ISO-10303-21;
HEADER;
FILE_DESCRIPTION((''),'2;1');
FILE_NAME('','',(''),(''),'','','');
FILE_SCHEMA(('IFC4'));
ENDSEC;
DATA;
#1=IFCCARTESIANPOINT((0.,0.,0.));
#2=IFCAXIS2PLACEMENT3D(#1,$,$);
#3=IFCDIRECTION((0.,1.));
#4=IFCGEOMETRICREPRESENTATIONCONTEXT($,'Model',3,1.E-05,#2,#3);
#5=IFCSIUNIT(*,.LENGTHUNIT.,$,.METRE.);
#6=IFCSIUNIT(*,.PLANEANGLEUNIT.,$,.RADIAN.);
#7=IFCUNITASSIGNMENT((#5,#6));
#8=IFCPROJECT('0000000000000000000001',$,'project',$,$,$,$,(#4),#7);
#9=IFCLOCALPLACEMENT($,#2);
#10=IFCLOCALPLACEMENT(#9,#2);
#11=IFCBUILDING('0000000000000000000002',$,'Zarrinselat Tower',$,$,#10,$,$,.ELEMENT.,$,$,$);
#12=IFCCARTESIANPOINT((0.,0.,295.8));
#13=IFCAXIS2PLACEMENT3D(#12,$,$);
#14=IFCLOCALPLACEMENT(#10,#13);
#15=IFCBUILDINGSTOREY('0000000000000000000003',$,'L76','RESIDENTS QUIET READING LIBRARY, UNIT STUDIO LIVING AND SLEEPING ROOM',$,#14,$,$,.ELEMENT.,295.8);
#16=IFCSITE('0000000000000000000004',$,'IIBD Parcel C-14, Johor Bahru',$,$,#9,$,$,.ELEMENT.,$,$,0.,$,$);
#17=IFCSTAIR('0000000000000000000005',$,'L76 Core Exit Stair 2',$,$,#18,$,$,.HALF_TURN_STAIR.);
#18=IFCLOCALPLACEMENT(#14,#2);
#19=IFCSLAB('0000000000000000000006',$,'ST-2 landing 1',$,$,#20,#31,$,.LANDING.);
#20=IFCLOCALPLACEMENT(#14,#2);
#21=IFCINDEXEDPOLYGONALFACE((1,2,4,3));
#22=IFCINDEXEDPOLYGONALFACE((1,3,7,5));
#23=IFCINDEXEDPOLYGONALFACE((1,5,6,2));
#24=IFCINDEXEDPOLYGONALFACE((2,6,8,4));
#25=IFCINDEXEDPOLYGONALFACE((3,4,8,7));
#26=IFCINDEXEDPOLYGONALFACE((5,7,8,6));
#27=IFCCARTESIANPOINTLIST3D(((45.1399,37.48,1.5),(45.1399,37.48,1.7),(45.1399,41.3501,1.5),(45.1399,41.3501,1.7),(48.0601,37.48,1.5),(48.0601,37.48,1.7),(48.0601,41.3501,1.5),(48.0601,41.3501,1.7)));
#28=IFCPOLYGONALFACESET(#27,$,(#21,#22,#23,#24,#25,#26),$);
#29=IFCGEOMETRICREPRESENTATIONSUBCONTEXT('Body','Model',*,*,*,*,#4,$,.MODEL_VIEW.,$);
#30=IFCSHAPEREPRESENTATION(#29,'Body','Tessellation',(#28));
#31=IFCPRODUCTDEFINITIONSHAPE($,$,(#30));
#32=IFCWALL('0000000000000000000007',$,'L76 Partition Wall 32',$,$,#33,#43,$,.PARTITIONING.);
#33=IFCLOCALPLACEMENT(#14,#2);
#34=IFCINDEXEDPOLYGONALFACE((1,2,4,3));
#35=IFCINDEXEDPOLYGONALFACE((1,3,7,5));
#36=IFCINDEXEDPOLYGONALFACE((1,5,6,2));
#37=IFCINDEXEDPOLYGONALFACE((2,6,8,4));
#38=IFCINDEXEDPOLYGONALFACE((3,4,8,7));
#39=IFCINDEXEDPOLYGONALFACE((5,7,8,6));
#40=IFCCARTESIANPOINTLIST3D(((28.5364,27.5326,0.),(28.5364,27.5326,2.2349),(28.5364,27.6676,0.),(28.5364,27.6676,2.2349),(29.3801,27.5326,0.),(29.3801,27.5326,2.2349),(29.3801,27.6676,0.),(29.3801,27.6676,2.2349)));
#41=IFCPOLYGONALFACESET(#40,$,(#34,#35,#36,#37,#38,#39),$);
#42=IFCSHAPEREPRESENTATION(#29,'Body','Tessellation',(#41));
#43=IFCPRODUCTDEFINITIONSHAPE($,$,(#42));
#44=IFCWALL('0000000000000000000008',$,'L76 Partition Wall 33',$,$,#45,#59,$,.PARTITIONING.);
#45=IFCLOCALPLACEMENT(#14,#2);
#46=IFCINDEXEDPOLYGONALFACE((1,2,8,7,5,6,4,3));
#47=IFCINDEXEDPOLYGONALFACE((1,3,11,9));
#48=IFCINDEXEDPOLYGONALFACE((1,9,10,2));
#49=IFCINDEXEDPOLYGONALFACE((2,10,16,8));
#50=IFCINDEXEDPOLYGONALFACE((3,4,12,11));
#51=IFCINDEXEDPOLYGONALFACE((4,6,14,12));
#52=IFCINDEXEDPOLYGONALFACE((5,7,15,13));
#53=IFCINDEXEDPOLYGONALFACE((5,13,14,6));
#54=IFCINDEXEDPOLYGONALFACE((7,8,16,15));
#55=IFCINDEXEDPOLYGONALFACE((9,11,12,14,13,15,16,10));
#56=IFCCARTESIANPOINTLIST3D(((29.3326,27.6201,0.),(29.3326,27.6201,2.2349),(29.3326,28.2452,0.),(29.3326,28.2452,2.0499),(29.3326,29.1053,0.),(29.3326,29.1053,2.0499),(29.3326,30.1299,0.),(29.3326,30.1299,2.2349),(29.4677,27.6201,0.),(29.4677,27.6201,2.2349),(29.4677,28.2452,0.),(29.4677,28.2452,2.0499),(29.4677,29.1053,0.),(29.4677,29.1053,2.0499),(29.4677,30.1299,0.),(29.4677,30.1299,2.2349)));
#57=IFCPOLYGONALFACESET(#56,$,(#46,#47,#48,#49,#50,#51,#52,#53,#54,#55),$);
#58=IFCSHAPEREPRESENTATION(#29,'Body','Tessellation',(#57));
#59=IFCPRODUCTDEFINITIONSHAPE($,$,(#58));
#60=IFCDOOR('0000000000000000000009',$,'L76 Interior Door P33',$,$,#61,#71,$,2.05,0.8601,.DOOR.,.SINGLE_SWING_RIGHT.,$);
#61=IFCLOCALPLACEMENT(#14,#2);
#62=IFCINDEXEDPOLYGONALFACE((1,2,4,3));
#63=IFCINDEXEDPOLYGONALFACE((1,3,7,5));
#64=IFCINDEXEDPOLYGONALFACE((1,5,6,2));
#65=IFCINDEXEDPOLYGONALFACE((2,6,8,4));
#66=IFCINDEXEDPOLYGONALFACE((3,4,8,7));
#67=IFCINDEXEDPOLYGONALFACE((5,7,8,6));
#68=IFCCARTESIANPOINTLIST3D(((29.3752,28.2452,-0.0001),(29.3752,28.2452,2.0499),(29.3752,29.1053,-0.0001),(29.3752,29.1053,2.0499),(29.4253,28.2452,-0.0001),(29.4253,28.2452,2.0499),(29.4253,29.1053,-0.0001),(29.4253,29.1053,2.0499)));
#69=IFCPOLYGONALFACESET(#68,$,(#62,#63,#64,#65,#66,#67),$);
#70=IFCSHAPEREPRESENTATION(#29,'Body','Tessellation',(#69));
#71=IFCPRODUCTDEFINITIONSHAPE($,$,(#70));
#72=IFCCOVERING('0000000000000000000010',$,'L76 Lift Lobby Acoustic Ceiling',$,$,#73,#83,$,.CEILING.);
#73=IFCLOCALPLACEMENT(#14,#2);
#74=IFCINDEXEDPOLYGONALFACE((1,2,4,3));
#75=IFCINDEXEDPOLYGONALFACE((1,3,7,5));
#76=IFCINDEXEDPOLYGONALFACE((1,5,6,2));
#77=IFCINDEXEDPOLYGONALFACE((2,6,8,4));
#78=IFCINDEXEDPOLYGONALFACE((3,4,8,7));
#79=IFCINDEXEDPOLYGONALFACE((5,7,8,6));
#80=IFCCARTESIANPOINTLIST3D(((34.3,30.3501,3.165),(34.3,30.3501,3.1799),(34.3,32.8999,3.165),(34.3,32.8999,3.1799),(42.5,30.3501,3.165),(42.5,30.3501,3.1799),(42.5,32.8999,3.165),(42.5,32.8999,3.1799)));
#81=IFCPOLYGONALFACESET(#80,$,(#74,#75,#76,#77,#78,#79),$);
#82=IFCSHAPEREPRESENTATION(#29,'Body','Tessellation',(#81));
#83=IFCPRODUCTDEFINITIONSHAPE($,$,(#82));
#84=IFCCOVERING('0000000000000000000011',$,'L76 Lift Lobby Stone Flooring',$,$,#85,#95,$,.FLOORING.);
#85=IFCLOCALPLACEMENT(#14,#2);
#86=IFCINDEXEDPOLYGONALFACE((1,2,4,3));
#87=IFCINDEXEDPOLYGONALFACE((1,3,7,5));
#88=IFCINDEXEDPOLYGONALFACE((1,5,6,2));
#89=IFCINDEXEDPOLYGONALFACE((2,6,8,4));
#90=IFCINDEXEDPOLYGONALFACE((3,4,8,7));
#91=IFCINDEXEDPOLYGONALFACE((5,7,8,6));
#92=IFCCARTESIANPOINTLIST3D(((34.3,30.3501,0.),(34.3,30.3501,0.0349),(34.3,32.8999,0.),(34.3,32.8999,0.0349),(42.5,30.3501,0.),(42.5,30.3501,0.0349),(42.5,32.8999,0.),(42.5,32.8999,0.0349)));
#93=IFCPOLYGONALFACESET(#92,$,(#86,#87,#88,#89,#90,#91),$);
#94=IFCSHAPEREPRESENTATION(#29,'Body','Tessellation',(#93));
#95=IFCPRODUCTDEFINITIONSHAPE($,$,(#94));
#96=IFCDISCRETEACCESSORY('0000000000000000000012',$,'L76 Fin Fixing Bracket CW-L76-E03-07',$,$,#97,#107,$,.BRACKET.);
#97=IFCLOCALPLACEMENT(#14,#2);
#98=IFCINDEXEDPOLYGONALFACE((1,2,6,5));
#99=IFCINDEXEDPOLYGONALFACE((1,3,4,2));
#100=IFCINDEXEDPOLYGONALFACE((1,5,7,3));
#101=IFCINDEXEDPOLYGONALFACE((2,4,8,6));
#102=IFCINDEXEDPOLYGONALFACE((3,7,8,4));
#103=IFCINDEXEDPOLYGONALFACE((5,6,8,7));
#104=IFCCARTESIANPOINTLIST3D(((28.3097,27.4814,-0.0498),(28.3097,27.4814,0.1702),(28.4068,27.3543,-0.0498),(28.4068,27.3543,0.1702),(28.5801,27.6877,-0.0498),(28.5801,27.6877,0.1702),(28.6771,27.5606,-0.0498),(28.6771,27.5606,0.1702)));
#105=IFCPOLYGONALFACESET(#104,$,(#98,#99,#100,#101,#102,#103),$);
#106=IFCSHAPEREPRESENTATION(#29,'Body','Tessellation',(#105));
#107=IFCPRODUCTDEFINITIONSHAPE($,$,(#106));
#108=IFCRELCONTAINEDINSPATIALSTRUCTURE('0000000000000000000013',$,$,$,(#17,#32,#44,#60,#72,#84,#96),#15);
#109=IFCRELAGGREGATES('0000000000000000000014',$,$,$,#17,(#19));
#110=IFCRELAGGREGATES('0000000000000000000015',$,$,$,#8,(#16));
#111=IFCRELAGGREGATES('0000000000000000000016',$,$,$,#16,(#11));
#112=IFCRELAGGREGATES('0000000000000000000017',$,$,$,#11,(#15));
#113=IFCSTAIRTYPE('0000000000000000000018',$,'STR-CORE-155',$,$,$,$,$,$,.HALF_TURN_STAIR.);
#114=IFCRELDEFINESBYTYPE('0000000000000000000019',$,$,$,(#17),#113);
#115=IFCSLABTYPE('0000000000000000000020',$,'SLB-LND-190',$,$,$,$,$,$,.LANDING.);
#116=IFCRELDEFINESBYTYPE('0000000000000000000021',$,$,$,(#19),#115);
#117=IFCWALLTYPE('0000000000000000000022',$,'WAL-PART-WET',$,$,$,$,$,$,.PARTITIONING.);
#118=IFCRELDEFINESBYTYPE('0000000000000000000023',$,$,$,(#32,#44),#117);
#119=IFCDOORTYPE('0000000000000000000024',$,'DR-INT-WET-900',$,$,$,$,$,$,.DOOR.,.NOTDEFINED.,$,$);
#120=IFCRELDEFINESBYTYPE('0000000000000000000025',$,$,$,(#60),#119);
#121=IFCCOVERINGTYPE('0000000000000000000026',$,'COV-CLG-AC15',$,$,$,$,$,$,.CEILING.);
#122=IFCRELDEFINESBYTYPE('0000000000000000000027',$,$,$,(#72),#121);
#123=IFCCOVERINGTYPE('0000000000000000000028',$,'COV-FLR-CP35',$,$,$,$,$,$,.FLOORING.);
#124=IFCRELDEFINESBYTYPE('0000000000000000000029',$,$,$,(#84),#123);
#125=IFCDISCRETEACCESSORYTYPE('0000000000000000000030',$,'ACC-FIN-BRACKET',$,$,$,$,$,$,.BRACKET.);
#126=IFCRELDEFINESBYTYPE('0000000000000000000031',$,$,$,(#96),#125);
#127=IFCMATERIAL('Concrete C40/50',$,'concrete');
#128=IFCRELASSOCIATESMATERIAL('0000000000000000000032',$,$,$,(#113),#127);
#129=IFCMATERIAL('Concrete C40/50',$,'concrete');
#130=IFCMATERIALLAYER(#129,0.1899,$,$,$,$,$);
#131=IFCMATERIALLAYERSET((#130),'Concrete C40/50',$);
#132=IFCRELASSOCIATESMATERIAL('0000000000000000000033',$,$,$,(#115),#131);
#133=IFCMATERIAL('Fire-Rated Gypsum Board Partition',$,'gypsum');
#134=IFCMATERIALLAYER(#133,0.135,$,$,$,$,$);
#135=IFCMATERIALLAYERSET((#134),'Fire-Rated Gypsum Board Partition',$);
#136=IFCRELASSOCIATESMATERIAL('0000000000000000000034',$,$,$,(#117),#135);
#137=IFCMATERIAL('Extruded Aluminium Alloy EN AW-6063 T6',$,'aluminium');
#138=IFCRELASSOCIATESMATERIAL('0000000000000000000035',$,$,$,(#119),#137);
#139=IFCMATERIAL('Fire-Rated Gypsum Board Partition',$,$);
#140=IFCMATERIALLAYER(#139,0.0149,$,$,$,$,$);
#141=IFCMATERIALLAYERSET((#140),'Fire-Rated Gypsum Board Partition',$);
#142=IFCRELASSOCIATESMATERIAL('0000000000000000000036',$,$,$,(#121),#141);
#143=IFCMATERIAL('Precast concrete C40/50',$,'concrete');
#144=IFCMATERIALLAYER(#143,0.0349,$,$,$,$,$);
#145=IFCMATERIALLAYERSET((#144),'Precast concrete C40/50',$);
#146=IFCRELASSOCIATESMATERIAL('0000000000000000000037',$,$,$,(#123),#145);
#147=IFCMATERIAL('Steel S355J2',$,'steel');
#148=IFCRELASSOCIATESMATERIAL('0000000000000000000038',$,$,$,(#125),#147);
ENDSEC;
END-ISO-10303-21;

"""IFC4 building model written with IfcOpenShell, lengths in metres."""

from ifc_helpers import new_model, si_unit, direction, frame, frame_2d, origin, origin_2d, place, context, subcontext, project, spatial, polyline, rectangle, outline, extrude, material, layer, layer_set, type_object, element, fill, aggregate, save


model = new_model("IFC4")

# Units and contexts
model_context = context("Model", 3, precision=1e-05, world=origin(), true_north=direction((0.0, 1.0)))
body_context = subcontext(model_context, "Body", "Model", "MODEL_VIEW")
ifc_project = project(units=[si_unit("LENGTHUNIT", "METRE"), si_unit("PLANEANGLEUNIT", "RADIAN")], contexts=[model_context])

# Site, building, storey
site_placement = place(None, origin())
site = spatial("IfcSite", under=ifc_project, at=site_placement, Name="IIBD Parcel C-14, Johor Bahru", CompositionType="ELEMENT", RefElevation=0.0)
building_placement = place(site_placement, origin())
building = spatial("IfcBuilding", under=site, at=building_placement, Name="Zarrinselat Tower", CompositionType="ELEMENT")
storey_placement = place(building_placement, frame((0.0, 0.0, 295.8)))
storey = spatial("IfcBuildingStorey", under=building, at=storey_placement, Name="L76", Description="RESIDENTS QUIET READING LIBRARY, UNIT STUDIO LIVING AND SLEEPING ROOM", CompositionType="ELEMENT", Elevation=295.8)

# Stair, slab
ifc_material_1 = material(Name="Concrete C40/50", Category="concrete")
stair_type = type_object("IfcStairType", Name="STR-CORE-155", PredefinedType="HALF_TURN_STAIR", material=ifc_material_1)
ifc_material_2 = material(Name="Concrete C40/50", Category="concrete")
ifc_layer_1 = layer(ifc_material_2, 0.1899)
ifc_layer_set_1 = layer_set([ifc_layer_1], Name="Concrete C40/50")
slab_type_1 = type_object("IfcSlabType", Name="SLB-LND-190", PredefinedType="LANDING", material=ifc_layer_set_1)
stair_1_placement = place(storey_placement, origin())
stair_1 = element("IfcStair", 1, at=stair_1_placement, inside=storey, type_object=stair_type, Name="L76 Core Exit Stair 2", PredefinedType="HALF_TURN_STAIR")
slab_1_placement = place(storey_placement, frame((0.0, 0.0, 1.5)))
slab_1 = element("IfcSlab", 2, at=slab_1_placement, type_object=slab_type_1, Name="ST-2 landing 1", PredefinedType="LANDING", context=body_context, shape_type="SweptSolid", body=[
    extrude(outline(polyline([(48.0601, 37.48), (48.0601, 41.3501), (45.1399, 41.3501), (45.1399, 37.48), (48.0601, 37.48)])), origin(), (0.0, 0.0, 1.0), 0.2),
])
aggregate(stair_1, [slab_1])

# Wall
ifc_material_3 = material(Name="Fire-Rated Gypsum Board Partition", Category="gypsum")
ifc_layer_2 = layer(ifc_material_3, 0.135)
ifc_layer_set_2 = layer_set([ifc_layer_2], Name="Fire-Rated Gypsum Board Partition")
wall_type = type_object("IfcWallType", Name="WAL-PART-WET", PredefinedType="PARTITIONING", material=ifc_layer_set_2)
wall_1_placement = place(storey_placement, frame((28.5364, 27.6001, 0.0), z_axis=(0.0, 0.0, 1.0), x_axis=(1.0, 0.0, 0.0)))
element("IfcWall", 3, at=wall_1_placement, inside=storey, type_object=wall_type, Name="L76 Partition Wall 32", PredefinedType="PARTITIONING", context=body_context, shape_type="SweptSolid", body=[
    extrude(rectangle(XDim=0.8438, YDim=0.135, at=frame_2d((0.4219, 0.0))), origin(), (0.0, 0.0, 1.0), 2.2349),
])

# Wall, opening, door
wall_2_placement = place(storey_placement, frame((29.4001, 27.6201, 0.0), z_axis=(0.0, 0.0, 1.0), x_axis=(0.0, 1.0, 0.0)))
wall_2 = element("IfcWall", 4, at=wall_2_placement, inside=storey, type_object=wall_type, Name="L76 Partition Wall 33", PredefinedType="PARTITIONING", context=body_context, shape_type="SweptSolid", body=[
    extrude(rectangle(XDim=2.5098, YDim=0.135, at=frame_2d((1.2549, 0.0))), origin(), (0.0, 0.0, 1.0), 2.2349),
])
opening_placement = place(wall_2_placement, frame((0.625, 0.0, 0.0)))
opening = element("IfcOpeningElement", 5, at=opening_placement, cuts=wall_2, PredefinedType="OPENING", context=body_context, shape_type="SweptSolid", body=[
    extrude(rectangle(XDim=0.8601, YDim=2.05, at=frame_2d((0.4302, 1.0249))), frame((0.0, 0.0774, 0.0), z_axis=(0.0, -1.0, 0.0), x_axis=(1.0, 0.0, 0.0)), (0.0, 0.0, 1.0), 0.155),
])
ifc_material_4 = material(Name="Extruded Aluminium Alloy EN AW-6063 T6", Category="aluminium")
door_type = type_object("IfcDoorType", Name="DR-INT-WET-900", OperationType="NOTDEFINED", PredefinedType="DOOR", material=ifc_material_4)
door_placement = place(opening_placement, origin())
door = element("IfcDoor", 6, at=door_placement, inside=storey, type_object=door_type, Name="L76 Interior Door P33", OperationType="SINGLE_SWING_RIGHT", OverallHeight=2.05, OverallWidth=0.8601, PredefinedType="DOOR", context=body_context, shape_type="SweptSolid", body=[
    extrude(rectangle(XDim=0.8601, YDim=2.05, at=frame_2d((0.4302, 1.0249))), frame((0.0, 0.0249, 0.0), z_axis=(0.0, -1.0, 0.0), x_axis=(1.0, 0.0, 0.0)), (0.0, 0.0, 1.0), 0.05),
])
fill(opening, door)

# Coverings
ifc_material_5 = material(Name="Fire-Rated Gypsum Board Partition")
ifc_layer_3 = layer(ifc_material_5, 0.0149)
ifc_layer_set_3 = layer_set([ifc_layer_3], Name="Fire-Rated Gypsum Board Partition")
covering_type_1 = type_object("IfcCoveringType", Name="COV-CLG-AC15", PredefinedType="CEILING", material=ifc_layer_set_3)
covering_1_placement = place(storey_placement, frame((0.0, 0.0, 3.165)))
element("IfcCovering", 7, at=covering_1_placement, inside=storey, type_object=covering_type_1, Name="L76 Lift Lobby Acoustic Ceiling", PredefinedType="CEILING", context=body_context, shape_type="SweptSolid", body=[
    extrude(outline(polyline([(34.3, 30.3501), (42.5, 30.3501), (42.5, 32.8999), (34.3, 32.8999), (34.3, 30.3501)])), origin(), (0.0, 0.0, 1.0), 0.0149),
])
ifc_material_6 = material(Name="Precast concrete C40/50", Category="concrete")
ifc_layer_4 = layer(ifc_material_6, 0.0349)
ifc_layer_set_4 = layer_set([ifc_layer_4], Name="Precast concrete C40/50")
covering_type_2 = type_object("IfcCoveringType", Name="COV-FLR-CP35", PredefinedType="FLOORING", material=ifc_layer_set_4)
covering_2_placement = place(storey_placement, origin())
element("IfcCovering", 8, at=covering_2_placement, inside=storey, type_object=covering_type_2, Name="L76 Lift Lobby Stone Flooring", PredefinedType="FLOORING", context=body_context, shape_type="SweptSolid", body=[
    extrude(outline(polyline([(34.3, 30.3501), (42.5, 30.3501), (42.5, 32.8999), (34.3, 32.8999), (34.3, 30.3501)])), origin(), (0.0, 0.0, 1.0), 0.0349),
])

# Discrete accessory
ifc_material_7 = material(Name="Steel S355J2", Category="steel")
discrete_accessory_type = type_object("IfcDiscreteAccessoryType", Name="ACC-FIN-BRACKET", PredefinedType="BRACKET", material=ifc_material_7)
discrete_accessory_placement = place(storey_placement, frame((28.4934, 27.521, -0.0498), z_axis=(0.0, 0.0, 1.0), x_axis=(-0.794853, -0.606802, 0.0)))
element("IfcDiscreteAccessory", 9, at=discrete_accessory_placement, inside=storey, type_object=discrete_accessory_type, Name="L76 Fin Fixing Bracket CW-L76-E03-07", PredefinedType="BRACKET", context=body_context, shape_type="SweptSolid", body=[
    extrude(rectangle(XDim=0.3401, YDim=0.1599, at=origin_2d()), origin(), (0.0, 0.0, 1.0), 0.22),
])

save(model, "model.ifc")
